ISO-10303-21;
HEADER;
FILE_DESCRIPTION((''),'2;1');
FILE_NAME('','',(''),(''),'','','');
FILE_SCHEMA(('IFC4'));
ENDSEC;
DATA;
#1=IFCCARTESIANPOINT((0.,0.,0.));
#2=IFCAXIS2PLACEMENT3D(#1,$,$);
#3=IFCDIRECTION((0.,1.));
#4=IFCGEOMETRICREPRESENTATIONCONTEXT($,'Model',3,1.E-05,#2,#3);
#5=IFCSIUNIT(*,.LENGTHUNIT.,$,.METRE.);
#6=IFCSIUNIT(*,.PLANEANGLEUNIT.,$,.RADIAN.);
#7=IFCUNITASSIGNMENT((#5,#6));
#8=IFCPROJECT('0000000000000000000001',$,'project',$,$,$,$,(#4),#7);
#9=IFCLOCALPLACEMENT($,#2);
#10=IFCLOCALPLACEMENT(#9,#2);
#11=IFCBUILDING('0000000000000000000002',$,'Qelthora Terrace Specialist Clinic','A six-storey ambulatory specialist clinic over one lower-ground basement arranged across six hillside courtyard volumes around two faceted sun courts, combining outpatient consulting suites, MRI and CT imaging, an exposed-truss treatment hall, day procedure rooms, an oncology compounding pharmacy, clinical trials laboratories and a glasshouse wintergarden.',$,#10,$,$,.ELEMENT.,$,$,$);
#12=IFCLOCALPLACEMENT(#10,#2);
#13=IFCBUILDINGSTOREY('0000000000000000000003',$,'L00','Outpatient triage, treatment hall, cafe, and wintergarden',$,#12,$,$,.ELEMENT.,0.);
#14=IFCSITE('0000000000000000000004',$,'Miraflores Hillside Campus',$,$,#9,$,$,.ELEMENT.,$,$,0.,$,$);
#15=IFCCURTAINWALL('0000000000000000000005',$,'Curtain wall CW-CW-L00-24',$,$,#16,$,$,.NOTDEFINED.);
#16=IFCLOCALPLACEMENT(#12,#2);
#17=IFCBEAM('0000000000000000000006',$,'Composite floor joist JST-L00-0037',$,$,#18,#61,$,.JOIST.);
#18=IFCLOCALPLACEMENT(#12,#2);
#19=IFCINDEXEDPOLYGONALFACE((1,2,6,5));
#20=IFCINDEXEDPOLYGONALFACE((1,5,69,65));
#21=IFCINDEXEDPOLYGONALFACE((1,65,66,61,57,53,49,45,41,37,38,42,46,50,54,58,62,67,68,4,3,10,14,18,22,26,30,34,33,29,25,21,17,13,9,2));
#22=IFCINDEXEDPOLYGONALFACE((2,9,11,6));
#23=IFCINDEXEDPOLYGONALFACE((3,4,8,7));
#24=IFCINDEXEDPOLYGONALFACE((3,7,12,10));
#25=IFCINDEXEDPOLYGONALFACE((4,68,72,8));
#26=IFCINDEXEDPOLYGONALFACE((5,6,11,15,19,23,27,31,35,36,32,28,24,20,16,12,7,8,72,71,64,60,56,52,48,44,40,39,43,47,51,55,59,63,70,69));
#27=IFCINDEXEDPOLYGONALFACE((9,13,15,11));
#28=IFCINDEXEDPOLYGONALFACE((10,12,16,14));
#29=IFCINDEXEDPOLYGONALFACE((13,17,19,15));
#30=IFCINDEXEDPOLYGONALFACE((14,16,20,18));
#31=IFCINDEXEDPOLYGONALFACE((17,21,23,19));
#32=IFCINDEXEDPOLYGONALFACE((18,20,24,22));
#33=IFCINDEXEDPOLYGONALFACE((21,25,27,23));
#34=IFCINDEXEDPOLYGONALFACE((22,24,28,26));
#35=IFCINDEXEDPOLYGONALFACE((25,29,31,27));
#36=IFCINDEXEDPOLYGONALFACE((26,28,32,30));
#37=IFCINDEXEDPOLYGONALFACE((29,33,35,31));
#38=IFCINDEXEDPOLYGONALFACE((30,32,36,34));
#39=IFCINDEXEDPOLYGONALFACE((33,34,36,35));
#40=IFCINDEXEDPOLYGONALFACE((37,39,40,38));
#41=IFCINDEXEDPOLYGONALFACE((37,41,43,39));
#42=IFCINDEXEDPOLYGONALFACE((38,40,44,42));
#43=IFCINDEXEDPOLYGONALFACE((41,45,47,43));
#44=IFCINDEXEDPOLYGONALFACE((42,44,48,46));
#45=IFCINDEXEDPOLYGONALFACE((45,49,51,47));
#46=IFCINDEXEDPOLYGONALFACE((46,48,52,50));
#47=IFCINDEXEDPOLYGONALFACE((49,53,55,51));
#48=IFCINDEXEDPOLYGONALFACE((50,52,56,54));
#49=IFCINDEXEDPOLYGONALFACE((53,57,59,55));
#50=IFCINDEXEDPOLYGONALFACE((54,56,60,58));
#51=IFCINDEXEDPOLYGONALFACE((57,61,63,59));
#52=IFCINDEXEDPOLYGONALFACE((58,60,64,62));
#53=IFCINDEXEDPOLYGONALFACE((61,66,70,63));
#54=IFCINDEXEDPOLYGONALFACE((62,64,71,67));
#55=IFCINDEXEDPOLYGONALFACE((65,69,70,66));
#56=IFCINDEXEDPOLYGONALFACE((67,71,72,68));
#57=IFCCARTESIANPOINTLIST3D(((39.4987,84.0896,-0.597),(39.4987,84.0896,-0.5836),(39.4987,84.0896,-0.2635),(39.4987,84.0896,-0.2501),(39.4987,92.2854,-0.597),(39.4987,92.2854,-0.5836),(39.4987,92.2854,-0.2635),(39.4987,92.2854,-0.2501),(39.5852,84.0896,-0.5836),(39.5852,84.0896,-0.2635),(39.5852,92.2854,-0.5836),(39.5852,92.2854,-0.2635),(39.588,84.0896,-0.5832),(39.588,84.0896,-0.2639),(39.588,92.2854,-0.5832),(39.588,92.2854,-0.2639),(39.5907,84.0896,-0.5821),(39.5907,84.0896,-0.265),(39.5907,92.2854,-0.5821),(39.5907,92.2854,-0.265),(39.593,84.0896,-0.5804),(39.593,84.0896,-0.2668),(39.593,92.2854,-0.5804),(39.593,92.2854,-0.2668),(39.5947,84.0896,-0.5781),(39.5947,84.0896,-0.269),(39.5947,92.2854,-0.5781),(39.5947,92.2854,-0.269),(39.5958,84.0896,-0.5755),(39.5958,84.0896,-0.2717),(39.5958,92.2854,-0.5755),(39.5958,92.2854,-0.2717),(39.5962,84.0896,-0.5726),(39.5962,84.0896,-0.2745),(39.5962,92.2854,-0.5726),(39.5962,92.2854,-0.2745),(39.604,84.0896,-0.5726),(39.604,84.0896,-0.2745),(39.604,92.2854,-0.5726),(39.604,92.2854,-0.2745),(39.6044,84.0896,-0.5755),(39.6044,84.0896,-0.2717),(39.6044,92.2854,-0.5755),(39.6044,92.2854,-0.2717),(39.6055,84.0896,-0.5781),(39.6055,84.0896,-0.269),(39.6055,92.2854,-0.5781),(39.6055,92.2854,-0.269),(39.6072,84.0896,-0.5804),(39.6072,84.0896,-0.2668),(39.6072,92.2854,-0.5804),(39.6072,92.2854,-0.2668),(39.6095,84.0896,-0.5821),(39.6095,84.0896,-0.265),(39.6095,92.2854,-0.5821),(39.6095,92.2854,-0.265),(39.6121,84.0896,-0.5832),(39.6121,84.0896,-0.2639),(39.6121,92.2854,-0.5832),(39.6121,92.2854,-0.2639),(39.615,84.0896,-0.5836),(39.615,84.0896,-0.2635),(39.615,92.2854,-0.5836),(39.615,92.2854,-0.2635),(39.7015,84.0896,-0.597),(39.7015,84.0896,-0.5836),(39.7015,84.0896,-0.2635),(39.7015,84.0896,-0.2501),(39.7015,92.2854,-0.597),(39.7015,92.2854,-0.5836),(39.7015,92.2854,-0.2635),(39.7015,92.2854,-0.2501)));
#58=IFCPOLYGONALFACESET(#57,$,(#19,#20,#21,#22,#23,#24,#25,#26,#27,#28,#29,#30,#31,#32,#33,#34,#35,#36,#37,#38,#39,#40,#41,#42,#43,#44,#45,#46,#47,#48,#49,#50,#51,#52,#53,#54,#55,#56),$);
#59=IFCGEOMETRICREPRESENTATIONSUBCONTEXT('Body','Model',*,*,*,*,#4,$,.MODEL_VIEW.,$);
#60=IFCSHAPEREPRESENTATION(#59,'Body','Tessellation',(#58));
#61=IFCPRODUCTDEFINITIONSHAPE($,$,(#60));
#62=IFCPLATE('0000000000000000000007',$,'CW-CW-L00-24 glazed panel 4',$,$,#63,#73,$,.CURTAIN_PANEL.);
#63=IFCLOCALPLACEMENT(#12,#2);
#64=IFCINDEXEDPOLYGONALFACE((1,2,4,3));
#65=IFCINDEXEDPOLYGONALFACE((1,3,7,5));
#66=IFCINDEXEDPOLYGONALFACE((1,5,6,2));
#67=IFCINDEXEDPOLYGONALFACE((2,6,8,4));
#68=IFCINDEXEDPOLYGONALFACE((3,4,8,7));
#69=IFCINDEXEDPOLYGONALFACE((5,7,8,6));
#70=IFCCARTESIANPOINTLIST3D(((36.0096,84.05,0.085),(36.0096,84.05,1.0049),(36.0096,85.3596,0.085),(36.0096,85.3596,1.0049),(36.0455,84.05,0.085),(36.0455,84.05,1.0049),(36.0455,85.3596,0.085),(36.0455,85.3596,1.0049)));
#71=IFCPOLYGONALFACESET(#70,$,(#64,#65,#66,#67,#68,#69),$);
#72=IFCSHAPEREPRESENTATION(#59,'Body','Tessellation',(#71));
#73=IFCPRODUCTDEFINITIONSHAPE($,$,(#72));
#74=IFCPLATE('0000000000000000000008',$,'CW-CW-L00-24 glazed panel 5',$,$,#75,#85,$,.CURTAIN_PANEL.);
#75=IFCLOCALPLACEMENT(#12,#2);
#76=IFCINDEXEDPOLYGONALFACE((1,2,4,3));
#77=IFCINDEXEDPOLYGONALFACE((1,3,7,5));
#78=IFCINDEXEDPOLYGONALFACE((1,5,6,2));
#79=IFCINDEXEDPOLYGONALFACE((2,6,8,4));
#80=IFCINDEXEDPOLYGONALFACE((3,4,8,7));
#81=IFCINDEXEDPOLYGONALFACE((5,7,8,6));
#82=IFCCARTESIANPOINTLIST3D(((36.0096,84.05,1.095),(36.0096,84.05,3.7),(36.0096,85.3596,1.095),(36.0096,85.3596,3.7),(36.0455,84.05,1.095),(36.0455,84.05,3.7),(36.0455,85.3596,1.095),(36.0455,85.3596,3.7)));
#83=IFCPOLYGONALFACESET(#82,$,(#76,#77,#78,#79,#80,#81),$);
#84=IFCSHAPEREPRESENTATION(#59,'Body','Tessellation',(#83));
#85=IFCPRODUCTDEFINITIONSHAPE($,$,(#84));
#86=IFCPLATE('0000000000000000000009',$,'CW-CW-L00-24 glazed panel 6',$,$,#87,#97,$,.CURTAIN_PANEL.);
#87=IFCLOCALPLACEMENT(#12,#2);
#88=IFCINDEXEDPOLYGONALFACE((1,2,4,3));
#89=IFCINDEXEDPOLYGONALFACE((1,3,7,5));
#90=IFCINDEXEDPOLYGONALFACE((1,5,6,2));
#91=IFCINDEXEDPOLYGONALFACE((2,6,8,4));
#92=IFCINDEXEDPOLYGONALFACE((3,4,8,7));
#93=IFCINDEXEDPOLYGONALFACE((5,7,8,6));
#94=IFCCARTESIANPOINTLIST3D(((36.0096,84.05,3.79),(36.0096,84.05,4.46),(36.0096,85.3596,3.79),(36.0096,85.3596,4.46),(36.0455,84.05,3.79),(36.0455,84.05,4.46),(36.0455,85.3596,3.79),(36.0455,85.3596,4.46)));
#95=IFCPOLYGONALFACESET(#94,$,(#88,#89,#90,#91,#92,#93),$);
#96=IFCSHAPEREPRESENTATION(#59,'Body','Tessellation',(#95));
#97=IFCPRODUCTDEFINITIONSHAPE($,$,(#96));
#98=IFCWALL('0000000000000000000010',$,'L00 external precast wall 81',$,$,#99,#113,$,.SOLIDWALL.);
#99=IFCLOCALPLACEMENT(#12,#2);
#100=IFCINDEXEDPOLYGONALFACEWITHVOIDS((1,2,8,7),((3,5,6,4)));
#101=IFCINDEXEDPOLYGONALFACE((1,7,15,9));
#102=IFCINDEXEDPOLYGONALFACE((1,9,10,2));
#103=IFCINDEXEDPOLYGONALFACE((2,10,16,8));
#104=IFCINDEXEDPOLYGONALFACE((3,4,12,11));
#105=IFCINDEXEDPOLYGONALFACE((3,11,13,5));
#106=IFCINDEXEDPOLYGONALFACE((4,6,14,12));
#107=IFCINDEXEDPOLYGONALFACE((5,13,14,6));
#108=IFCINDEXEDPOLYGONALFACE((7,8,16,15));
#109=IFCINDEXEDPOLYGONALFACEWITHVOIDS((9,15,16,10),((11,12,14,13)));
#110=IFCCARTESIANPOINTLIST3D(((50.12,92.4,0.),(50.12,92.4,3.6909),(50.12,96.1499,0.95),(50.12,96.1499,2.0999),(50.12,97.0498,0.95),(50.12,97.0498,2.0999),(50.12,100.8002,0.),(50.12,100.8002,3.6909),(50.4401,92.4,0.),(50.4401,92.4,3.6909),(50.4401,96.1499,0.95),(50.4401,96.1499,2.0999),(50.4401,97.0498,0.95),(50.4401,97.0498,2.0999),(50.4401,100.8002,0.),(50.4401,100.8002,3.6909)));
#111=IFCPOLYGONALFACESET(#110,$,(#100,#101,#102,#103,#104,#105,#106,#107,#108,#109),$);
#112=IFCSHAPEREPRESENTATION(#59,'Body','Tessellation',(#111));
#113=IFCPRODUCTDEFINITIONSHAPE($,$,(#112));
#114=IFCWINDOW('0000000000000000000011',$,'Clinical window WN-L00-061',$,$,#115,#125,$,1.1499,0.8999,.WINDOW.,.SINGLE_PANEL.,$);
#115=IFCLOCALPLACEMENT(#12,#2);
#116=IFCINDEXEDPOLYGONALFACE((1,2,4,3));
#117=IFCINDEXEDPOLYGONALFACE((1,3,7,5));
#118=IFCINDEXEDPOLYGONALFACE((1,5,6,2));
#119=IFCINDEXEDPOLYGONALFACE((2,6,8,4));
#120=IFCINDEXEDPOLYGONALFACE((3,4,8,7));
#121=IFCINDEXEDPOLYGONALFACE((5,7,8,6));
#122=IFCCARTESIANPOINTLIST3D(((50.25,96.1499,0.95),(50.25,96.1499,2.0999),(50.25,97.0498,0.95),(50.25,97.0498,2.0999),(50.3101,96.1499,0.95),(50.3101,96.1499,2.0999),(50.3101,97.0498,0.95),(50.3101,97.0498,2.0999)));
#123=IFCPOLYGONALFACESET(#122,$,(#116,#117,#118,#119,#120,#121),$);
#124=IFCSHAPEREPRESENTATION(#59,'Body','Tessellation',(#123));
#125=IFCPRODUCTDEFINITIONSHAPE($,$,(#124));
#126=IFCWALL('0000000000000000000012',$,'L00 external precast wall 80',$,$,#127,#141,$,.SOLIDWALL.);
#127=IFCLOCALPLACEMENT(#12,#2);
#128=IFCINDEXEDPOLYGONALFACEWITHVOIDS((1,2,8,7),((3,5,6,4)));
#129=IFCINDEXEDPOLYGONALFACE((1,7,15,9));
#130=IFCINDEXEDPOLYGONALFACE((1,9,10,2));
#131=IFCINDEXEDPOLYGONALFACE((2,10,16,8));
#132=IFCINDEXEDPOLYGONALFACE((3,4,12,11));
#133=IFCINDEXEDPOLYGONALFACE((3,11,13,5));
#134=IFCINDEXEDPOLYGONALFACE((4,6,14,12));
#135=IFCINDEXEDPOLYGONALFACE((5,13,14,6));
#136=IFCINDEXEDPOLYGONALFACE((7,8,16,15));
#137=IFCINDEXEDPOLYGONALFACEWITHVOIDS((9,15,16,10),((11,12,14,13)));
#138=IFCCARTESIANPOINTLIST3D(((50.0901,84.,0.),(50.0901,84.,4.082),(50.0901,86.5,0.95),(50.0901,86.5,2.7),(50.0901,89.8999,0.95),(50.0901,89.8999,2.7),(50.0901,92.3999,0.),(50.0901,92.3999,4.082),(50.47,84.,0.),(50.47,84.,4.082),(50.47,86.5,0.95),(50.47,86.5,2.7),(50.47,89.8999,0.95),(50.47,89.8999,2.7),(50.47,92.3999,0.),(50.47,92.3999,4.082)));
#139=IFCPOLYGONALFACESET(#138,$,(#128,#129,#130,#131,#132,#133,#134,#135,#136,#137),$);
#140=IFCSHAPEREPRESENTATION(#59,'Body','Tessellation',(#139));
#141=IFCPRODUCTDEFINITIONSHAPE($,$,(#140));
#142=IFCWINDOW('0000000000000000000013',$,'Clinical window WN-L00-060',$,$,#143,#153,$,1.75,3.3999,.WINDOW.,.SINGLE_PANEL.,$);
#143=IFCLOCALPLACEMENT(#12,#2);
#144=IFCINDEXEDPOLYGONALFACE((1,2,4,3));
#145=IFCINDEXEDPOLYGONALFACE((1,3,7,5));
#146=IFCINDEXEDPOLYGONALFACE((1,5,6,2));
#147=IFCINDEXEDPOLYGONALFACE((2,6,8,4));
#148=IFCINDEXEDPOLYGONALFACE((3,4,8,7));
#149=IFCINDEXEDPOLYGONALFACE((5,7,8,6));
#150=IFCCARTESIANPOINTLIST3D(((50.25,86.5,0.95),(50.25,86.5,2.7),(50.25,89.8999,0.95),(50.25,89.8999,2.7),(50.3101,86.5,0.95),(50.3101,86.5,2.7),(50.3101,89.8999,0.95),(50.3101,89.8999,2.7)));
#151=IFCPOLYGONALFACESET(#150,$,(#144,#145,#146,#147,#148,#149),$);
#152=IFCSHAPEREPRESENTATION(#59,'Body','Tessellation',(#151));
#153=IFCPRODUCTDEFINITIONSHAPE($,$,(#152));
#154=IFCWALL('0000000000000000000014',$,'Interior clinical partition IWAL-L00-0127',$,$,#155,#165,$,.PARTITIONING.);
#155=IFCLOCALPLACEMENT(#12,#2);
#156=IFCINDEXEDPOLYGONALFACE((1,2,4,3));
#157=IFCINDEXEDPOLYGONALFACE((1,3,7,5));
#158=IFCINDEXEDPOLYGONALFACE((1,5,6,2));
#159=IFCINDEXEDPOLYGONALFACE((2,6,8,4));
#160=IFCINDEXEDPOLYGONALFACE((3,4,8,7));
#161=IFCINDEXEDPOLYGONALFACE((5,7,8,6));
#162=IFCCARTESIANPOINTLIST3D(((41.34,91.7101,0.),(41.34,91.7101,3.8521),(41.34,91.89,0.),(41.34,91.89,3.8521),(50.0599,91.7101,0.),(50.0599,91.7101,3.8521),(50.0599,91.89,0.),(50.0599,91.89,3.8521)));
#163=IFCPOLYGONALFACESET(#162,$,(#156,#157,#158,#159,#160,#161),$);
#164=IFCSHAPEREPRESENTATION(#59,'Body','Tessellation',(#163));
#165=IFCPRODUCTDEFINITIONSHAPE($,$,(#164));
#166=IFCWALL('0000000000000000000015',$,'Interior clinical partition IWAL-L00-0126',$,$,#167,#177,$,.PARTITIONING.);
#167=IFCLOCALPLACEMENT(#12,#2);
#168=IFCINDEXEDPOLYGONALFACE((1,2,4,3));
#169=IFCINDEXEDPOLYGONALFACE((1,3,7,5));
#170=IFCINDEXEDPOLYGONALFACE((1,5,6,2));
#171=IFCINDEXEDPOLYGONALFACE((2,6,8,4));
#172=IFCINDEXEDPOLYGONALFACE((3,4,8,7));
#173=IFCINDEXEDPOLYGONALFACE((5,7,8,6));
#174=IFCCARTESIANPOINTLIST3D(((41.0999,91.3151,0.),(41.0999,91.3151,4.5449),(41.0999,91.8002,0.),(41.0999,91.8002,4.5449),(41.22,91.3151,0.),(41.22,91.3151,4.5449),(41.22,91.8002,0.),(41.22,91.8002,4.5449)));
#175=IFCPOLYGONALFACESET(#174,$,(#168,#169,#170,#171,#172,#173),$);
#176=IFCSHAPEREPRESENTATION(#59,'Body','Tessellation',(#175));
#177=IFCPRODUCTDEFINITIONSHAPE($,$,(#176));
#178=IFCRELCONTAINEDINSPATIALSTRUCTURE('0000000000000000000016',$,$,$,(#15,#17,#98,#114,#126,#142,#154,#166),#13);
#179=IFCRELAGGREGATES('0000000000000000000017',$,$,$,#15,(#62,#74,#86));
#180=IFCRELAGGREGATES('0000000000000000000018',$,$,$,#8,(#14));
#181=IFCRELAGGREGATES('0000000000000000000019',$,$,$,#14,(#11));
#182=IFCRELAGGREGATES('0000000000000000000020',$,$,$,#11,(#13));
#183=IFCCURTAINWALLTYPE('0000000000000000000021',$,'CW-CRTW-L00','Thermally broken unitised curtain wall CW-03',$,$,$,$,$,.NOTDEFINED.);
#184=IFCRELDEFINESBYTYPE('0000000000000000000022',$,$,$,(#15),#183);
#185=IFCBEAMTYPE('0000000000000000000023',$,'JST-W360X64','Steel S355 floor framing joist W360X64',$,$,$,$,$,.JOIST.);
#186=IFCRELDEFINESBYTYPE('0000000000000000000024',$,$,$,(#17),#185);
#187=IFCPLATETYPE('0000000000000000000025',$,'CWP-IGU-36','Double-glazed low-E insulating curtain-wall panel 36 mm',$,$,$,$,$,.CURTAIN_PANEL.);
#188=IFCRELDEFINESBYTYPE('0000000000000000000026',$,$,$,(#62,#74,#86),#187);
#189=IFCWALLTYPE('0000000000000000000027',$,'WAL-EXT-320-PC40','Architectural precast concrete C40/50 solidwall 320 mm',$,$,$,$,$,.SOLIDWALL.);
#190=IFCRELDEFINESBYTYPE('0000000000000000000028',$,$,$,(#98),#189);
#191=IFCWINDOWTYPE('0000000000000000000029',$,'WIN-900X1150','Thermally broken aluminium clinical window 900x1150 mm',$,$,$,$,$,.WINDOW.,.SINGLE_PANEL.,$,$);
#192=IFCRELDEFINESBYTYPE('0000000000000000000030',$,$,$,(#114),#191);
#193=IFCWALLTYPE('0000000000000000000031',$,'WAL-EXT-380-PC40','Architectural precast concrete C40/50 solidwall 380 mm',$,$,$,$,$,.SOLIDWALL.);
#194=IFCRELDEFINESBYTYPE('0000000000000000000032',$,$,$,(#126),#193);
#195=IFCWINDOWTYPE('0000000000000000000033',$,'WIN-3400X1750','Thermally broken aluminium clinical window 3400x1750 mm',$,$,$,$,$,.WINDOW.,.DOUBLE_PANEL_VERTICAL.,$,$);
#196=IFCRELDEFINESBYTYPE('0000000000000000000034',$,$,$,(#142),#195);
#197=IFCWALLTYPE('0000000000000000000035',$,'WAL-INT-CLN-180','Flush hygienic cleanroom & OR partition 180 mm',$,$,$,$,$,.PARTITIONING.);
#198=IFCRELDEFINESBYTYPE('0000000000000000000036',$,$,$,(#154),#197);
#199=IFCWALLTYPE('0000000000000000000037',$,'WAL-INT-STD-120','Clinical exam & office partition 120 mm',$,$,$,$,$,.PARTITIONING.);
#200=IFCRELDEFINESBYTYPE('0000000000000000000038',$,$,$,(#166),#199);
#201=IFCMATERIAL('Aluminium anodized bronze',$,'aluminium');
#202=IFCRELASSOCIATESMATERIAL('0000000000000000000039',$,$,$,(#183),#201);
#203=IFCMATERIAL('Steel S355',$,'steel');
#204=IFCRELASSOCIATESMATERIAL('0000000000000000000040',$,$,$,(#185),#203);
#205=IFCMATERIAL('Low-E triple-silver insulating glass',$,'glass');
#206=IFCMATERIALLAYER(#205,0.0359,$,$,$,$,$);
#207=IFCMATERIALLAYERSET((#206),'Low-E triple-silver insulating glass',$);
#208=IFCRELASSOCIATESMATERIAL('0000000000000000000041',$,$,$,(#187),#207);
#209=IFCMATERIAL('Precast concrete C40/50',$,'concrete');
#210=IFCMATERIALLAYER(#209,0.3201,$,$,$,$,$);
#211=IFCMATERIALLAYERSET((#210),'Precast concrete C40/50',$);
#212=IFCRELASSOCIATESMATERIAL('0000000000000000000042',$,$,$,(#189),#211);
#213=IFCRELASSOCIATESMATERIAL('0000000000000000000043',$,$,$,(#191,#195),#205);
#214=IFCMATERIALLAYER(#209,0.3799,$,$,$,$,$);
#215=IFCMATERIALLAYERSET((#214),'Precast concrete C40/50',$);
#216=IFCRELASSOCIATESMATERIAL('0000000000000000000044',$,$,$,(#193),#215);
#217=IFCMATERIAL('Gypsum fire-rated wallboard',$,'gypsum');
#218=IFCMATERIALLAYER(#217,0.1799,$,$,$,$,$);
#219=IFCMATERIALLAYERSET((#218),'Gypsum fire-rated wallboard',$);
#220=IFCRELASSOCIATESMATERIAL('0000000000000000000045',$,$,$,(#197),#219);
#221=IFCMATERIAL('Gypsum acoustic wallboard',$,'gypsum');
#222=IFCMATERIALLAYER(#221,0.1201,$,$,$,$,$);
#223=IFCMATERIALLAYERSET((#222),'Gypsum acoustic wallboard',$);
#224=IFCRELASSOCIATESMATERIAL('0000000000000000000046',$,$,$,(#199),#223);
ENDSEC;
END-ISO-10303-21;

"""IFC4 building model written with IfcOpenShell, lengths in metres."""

from ifc_helpers import new_model, si_unit, direction, frame, frame_2d, origin, origin_2d, place, context, subcontext, project, spatial, rectangle, i_section, extrude, material, layer, layer_set, material_profile, profile_set, type_object, element, fill, aggregate, save


model = new_model("IFC4")

# Units and contexts
model_context = context("Model", 3, precision=1e-05, world=origin(), true_north=direction((0.0, 1.0)))
body_context = subcontext(model_context, "Body", "Model", "MODEL_VIEW")
ifc_project = project(units=[si_unit("LENGTHUNIT", "METRE"), si_unit("PLANEANGLEUNIT", "RADIAN")], contexts=[model_context])

# Site, building, storey
site_placement = place(None, origin())
site = spatial("IfcSite", under=ifc_project, at=site_placement, Name="Miraflores Hillside Campus", CompositionType="ELEMENT", RefElevation=0.0)
building_placement = place(site_placement, origin())
building = spatial("IfcBuilding", under=site, at=building_placement, Name="Qelthora Terrace Specialist Clinic", Description="A six-storey ambulatory specialist clinic over one lower-ground basement arranged across six hillside courtyard volumes around two faceted sun courts, combining outpatient consulting suites, MRI and CT imaging, an exposed-truss treatment hall, day procedure rooms, an oncology compounding pharmacy, clinical trials laboratories and a glasshouse wintergarden.", CompositionType="ELEMENT")
storey_placement = place(building_placement, origin())
storey = spatial("IfcBuildingStorey", under=building, at=storey_placement, Name="L00", Description="Outpatient triage, treatment hall, cafe, and wintergarden", CompositionType="ELEMENT", Elevation=0.0)

# Shared definitions
ifc_material_1 = material(Name="Steel S355", Category="steel")

# Curtain wall
ifc_material_2 = material(Name="Aluminium anodized bronze", Category="aluminium")
curtain_wall_type = type_object("IfcCurtainWallType", Name="CW-CRTW-L00", Description="Thermally broken unitised curtain wall CW-03", PredefinedType="NOTDEFINED", material=ifc_material_2)
curtain_wall_placement = place(storey_placement, origin())
curtain_wall = element("IfcCurtainWall", 1, at=curtain_wall_placement, inside=storey, type_object=curtain_wall_type, Name="Curtain wall CW-CW-L00-24", PredefinedType="NOTDEFINED")

# Beam
ifc_material_profile_1 = material_profile(ifc_material_1, i_section(OverallWidth=0.2029, OverallDepth=0.3469, WebThickness=0.0078, FlangeThickness=0.0134, FilletRadius=0.011, at=origin_2d()), Name="W360X64")
ifc_profile_set_1 = profile_set([ifc_material_profile_1], Name="Steel S355")
beam_type_1 = type_object("IfcBeamType", Name="JST-W360X64", Description="Steel S355 floor framing joist W360X64", PredefinedType="JOIST", material=ifc_profile_set_1)
beam_1_placement = place(storey_placement, frame((39.6001, 84.0896, -0.4236), z_axis=(0.0, 1.0, 0.0), x_axis=(-1.0, 0.0, 0.0)))
element("IfcBeam", 2, at=beam_1_placement, inside=storey, type_object=beam_type_1, Name="Composite floor joist JST-L00-0037", PredefinedType="JOIST", context=body_context, shape_type="SweptSolid", body=[
    extrude(i_section(OverallWidth=0.2029, OverallDepth=0.3469, WebThickness=0.0078, FlangeThickness=0.0134, FilletRadius=0.011, at=origin_2d()), origin(), (0.0, 0.0, 1.0), 8.1958),
])

# Plates
ifc_material_3 = material(Name="Low-E triple-silver insulating glass", Category="glass")
ifc_layer_1 = layer(ifc_material_3, 0.0359)
ifc_layer_set_1 = layer_set([ifc_layer_1], Name="Low-E triple-silver insulating glass")
plate_type = type_object("IfcPlateType", Name="CWP-IGU-36", Description="Double-glazed low-E insulating curtain-wall panel 36 mm", PredefinedType="CURTAIN_PANEL", material=ifc_layer_set_1)
plate_1_placement = place(storey_placement, frame((36.0276, 84.7048, 0.085), z_axis=(0.0, 0.0, 1.0), x_axis=(0.0, 1.0, 0.0)))
plate_1 = element("IfcPlate", 3, at=plate_1_placement, type_object=plate_type, Name="CW-CW-L00-24 glazed panel 4", PredefinedType="CURTAIN_PANEL", context=body_context, shape_type="SweptSolid", body=[
    extrude(rectangle(XDim=1.3096, YDim=0.0359, at=origin_2d()), origin(), (0.0, 0.0, 1.0), 0.9199),
])
plate_2_placement = place(storey_placement, frame((36.0276, 84.7048, 1.095), z_axis=(0.0, 0.0, 1.0), x_axis=(0.0, 1.0, 0.0)))
plate_2 = element("IfcPlate", 4, at=plate_2_placement, type_object=plate_type, Name="CW-CW-L00-24 glazed panel 5", PredefinedType="CURTAIN_PANEL", context=body_context, shape_type="SweptSolid", body=[
    extrude(rectangle(XDim=1.3096, YDim=0.0359, at=origin_2d()), origin(), (0.0, 0.0, 1.0), 2.605),
])
plate_3_placement = place(storey_placement, frame((36.0276, 84.7048, 3.79), z_axis=(0.0, 0.0, 1.0), x_axis=(0.0, 1.0, 0.0)))
plate_3 = element("IfcPlate", 5, at=plate_3_placement, type_object=plate_type, Name="CW-CW-L00-24 glazed panel 6", PredefinedType="CURTAIN_PANEL", context=body_context, shape_type="SweptSolid", body=[
    extrude(rectangle(XDim=1.3096, YDim=0.0359, at=origin_2d()), origin(), (0.0, 0.0, 1.0), 0.6699),
])
aggregate(curtain_wall, [plate_1, plate_2, plate_3])

# Walls, openings, windows
ifc_material_4 = material(Name="Precast concrete C40/50", Category="concrete")
ifc_layer_2 = layer(ifc_material_4, 0.3201)
ifc_layer_set_2 = layer_set([ifc_layer_2], Name="Precast concrete C40/50")
wall_type_1 = type_object("IfcWallType", Name="WAL-EXT-320-PC40", Description="Architectural precast concrete C40/50 solidwall 320 mm", PredefinedType="SOLIDWALL", material=ifc_layer_set_2)
wall_1_placement = place(storey_placement, frame((50.28, 92.3999, 0.0), z_axis=(0.0, 0.0, 1.0), x_axis=(0.0, 1.0, 0.0)))
wall_1 = element("IfcWall", 6, at=wall_1_placement, inside=storey, type_object=wall_type_1, Name="L00 external precast wall 81", PredefinedType="SOLIDWALL", context=body_context, shape_type="SweptSolid", body=[
    extrude(rectangle(XDim=8.4001, YDim=0.3201, at=frame_2d((4.2002, 0.0))), origin(), (0.0, 0.0, 1.0), 3.6909),
])
opening_1_placement = place(wall_1_placement, frame((3.75, 0.0, 0.95)))
opening_1 = element("IfcOpeningElement", 7, at=opening_1_placement, cuts=wall_1, PredefinedType="OPENING", context=body_context, shape_type="SweptSolid", body=[
    extrude(rectangle(XDim=0.8999, YDim=1.1499, at=frame_2d((0.45, 0.575))), frame((0.0, 0.1699, 0.0), z_axis=(0.0, -1.0, 0.0), x_axis=(1.0, 0.0, 0.0)), (0.0, 0.0, 1.0), 0.3401),
])
window_type_1 = type_object("IfcWindowType", Name="WIN-900X1150", Description="Thermally broken aluminium clinical window 900x1150 mm", PartitioningType="SINGLE_PANEL", PredefinedType="WINDOW", material=ifc_material_3)
window_1_placement = place(opening_1_placement, origin())
window_1 = element("IfcWindow", 8, at=window_1_placement, inside=storey, type_object=window_type_1, Name="Clinical window WN-L00-061", OverallHeight=1.1499, OverallWidth=0.8999, PartitioningType="SINGLE_PANEL", PredefinedType="WINDOW", context=body_context, shape_type="SweptSolid", body=[
    extrude(rectangle(XDim=0.8999, YDim=1.1499, at=frame_2d((0.45, 0.575))), frame((0.0, 0.03, 0.0), z_axis=(0.0, -1.0, 0.0), x_axis=(1.0, 0.0, 0.0)), (0.0, 0.0, 1.0), 0.0601),
])
fill(opening_1, window_1)
ifc_layer_3 = layer(ifc_material_4, 0.3799)
ifc_layer_set_3 = layer_set([ifc_layer_3], Name="Precast concrete C40/50")
wall_type_2 = type_object("IfcWallType", Name="WAL-EXT-380-PC40", Description="Architectural precast concrete C40/50 solidwall 380 mm", PredefinedType="SOLIDWALL", material=ifc_layer_set_3)
wall_2_placement = place(storey_placement, frame((50.28, 84.0, 0.0), z_axis=(0.0, 0.0, 1.0), x_axis=(0.0, 1.0, 0.0)))
wall_2 = element("IfcWall", 9, at=wall_2_placement, inside=storey, type_object=wall_type_2, Name="L00 external precast wall 80", PredefinedType="SOLIDWALL", context=body_context, shape_type="SweptSolid", body=[
    extrude(rectangle(XDim=8.3999, YDim=0.3799, at=frame_2d((4.2, 0.0))), origin(), (0.0, 0.0, 1.0), 4.082),
])
opening_2_placement = place(wall_2_placement, frame((2.5, 0.0, 0.95)))
opening_2 = element("IfcOpeningElement", 10, at=opening_2_placement, cuts=wall_2, PredefinedType="OPENING", context=body_context, shape_type="SweptSolid", body=[
    extrude(rectangle(XDim=3.3999, YDim=1.75, at=frame_2d((1.7, 0.875))), frame((0.0, 0.2, 0.0), z_axis=(0.0, -1.0, 0.0), x_axis=(1.0, 0.0, 0.0)), (0.0, 0.0, 1.0), 0.3999),
])
window_type_2 = type_object("IfcWindowType", Name="WIN-3400X1750", Description="Thermally broken aluminium clinical window 3400x1750 mm", PartitioningType="DOUBLE_PANEL_VERTICAL", PredefinedType="WINDOW", material=ifc_material_3)
window_2_placement = place(opening_2_placement, origin())
window_2 = element("IfcWindow", 11, at=window_2_placement, inside=storey, type_object=window_type_2, Name="Clinical window WN-L00-060", OverallHeight=1.75, OverallWidth=3.3999, PartitioningType="SINGLE_PANEL", PredefinedType="WINDOW", context=body_context, shape_type="SweptSolid", body=[
    extrude(rectangle(XDim=3.3999, YDim=1.75, at=frame_2d((1.7, 0.875))), frame((0.0, 0.03, 0.0), z_axis=(0.0, -1.0, 0.0), x_axis=(1.0, 0.0, 0.0)), (0.0, 0.0, 1.0), 0.0601),
])
fill(opening_2, window_2)

# Walls
ifc_material_5 = material(Name="Gypsum fire-rated wallboard", Category="gypsum")
ifc_layer_4 = layer(ifc_material_5, 0.1799)
ifc_layer_set_4 = layer_set([ifc_layer_4], Name="Gypsum fire-rated wallboard")
wall_type_3 = type_object("IfcWallType", Name="WAL-INT-CLN-180", Description="Flush hygienic cleanroom & OR partition 180 mm", PredefinedType="PARTITIONING", material=ifc_layer_set_4)
wall_3_placement = place(storey_placement, frame((41.3401, 91.8, 0.0), z_axis=(0.0, 0.0, 1.0), x_axis=(1.0, 0.0, 0.0)))
element("IfcWall", 12, at=wall_3_placement, inside=storey, type_object=wall_type_3, Name="Interior clinical partition IWAL-L00-0127", PredefinedType="PARTITIONING", context=body_context, shape_type="SweptSolid", body=[
    extrude(rectangle(XDim=8.72, YDim=0.1799, at=frame_2d((4.3599, 0.0))), origin(), (0.0, 0.0, 1.0), 3.8521),
])
ifc_material_6 = material(Name="Gypsum acoustic wallboard", Category="gypsum")
ifc_layer_5 = layer(ifc_material_6, 0.1201)
ifc_layer_set_5 = layer_set([ifc_layer_5], Name="Gypsum acoustic wallboard")
wall_type_4 = type_object("IfcWallType", Name="WAL-INT-STD-120", Description="Clinical exam & office partition 120 mm", PredefinedType="PARTITIONING", material=ifc_layer_set_5)
wall_4_placement = place(storey_placement, frame((41.1599, 91.3149, 0.0), z_axis=(0.0, 0.0, 1.0), x_axis=(0.0, 1.0, 0.0)))
element("IfcWall", 13, at=wall_4_placement, inside=storey, type_object=wall_type_4, Name="Interior clinical partition IWAL-L00-0126", PredefinedType="PARTITIONING", context=body_context, shape_type="SweptSolid", body=[
    extrude(rectangle(XDim=0.4851, YDim=0.1201, at=frame_2d((0.2427, 0.0))), origin(), (0.0, 0.0, 1.0), 4.5449),
])

save(model, "model.ifc")
